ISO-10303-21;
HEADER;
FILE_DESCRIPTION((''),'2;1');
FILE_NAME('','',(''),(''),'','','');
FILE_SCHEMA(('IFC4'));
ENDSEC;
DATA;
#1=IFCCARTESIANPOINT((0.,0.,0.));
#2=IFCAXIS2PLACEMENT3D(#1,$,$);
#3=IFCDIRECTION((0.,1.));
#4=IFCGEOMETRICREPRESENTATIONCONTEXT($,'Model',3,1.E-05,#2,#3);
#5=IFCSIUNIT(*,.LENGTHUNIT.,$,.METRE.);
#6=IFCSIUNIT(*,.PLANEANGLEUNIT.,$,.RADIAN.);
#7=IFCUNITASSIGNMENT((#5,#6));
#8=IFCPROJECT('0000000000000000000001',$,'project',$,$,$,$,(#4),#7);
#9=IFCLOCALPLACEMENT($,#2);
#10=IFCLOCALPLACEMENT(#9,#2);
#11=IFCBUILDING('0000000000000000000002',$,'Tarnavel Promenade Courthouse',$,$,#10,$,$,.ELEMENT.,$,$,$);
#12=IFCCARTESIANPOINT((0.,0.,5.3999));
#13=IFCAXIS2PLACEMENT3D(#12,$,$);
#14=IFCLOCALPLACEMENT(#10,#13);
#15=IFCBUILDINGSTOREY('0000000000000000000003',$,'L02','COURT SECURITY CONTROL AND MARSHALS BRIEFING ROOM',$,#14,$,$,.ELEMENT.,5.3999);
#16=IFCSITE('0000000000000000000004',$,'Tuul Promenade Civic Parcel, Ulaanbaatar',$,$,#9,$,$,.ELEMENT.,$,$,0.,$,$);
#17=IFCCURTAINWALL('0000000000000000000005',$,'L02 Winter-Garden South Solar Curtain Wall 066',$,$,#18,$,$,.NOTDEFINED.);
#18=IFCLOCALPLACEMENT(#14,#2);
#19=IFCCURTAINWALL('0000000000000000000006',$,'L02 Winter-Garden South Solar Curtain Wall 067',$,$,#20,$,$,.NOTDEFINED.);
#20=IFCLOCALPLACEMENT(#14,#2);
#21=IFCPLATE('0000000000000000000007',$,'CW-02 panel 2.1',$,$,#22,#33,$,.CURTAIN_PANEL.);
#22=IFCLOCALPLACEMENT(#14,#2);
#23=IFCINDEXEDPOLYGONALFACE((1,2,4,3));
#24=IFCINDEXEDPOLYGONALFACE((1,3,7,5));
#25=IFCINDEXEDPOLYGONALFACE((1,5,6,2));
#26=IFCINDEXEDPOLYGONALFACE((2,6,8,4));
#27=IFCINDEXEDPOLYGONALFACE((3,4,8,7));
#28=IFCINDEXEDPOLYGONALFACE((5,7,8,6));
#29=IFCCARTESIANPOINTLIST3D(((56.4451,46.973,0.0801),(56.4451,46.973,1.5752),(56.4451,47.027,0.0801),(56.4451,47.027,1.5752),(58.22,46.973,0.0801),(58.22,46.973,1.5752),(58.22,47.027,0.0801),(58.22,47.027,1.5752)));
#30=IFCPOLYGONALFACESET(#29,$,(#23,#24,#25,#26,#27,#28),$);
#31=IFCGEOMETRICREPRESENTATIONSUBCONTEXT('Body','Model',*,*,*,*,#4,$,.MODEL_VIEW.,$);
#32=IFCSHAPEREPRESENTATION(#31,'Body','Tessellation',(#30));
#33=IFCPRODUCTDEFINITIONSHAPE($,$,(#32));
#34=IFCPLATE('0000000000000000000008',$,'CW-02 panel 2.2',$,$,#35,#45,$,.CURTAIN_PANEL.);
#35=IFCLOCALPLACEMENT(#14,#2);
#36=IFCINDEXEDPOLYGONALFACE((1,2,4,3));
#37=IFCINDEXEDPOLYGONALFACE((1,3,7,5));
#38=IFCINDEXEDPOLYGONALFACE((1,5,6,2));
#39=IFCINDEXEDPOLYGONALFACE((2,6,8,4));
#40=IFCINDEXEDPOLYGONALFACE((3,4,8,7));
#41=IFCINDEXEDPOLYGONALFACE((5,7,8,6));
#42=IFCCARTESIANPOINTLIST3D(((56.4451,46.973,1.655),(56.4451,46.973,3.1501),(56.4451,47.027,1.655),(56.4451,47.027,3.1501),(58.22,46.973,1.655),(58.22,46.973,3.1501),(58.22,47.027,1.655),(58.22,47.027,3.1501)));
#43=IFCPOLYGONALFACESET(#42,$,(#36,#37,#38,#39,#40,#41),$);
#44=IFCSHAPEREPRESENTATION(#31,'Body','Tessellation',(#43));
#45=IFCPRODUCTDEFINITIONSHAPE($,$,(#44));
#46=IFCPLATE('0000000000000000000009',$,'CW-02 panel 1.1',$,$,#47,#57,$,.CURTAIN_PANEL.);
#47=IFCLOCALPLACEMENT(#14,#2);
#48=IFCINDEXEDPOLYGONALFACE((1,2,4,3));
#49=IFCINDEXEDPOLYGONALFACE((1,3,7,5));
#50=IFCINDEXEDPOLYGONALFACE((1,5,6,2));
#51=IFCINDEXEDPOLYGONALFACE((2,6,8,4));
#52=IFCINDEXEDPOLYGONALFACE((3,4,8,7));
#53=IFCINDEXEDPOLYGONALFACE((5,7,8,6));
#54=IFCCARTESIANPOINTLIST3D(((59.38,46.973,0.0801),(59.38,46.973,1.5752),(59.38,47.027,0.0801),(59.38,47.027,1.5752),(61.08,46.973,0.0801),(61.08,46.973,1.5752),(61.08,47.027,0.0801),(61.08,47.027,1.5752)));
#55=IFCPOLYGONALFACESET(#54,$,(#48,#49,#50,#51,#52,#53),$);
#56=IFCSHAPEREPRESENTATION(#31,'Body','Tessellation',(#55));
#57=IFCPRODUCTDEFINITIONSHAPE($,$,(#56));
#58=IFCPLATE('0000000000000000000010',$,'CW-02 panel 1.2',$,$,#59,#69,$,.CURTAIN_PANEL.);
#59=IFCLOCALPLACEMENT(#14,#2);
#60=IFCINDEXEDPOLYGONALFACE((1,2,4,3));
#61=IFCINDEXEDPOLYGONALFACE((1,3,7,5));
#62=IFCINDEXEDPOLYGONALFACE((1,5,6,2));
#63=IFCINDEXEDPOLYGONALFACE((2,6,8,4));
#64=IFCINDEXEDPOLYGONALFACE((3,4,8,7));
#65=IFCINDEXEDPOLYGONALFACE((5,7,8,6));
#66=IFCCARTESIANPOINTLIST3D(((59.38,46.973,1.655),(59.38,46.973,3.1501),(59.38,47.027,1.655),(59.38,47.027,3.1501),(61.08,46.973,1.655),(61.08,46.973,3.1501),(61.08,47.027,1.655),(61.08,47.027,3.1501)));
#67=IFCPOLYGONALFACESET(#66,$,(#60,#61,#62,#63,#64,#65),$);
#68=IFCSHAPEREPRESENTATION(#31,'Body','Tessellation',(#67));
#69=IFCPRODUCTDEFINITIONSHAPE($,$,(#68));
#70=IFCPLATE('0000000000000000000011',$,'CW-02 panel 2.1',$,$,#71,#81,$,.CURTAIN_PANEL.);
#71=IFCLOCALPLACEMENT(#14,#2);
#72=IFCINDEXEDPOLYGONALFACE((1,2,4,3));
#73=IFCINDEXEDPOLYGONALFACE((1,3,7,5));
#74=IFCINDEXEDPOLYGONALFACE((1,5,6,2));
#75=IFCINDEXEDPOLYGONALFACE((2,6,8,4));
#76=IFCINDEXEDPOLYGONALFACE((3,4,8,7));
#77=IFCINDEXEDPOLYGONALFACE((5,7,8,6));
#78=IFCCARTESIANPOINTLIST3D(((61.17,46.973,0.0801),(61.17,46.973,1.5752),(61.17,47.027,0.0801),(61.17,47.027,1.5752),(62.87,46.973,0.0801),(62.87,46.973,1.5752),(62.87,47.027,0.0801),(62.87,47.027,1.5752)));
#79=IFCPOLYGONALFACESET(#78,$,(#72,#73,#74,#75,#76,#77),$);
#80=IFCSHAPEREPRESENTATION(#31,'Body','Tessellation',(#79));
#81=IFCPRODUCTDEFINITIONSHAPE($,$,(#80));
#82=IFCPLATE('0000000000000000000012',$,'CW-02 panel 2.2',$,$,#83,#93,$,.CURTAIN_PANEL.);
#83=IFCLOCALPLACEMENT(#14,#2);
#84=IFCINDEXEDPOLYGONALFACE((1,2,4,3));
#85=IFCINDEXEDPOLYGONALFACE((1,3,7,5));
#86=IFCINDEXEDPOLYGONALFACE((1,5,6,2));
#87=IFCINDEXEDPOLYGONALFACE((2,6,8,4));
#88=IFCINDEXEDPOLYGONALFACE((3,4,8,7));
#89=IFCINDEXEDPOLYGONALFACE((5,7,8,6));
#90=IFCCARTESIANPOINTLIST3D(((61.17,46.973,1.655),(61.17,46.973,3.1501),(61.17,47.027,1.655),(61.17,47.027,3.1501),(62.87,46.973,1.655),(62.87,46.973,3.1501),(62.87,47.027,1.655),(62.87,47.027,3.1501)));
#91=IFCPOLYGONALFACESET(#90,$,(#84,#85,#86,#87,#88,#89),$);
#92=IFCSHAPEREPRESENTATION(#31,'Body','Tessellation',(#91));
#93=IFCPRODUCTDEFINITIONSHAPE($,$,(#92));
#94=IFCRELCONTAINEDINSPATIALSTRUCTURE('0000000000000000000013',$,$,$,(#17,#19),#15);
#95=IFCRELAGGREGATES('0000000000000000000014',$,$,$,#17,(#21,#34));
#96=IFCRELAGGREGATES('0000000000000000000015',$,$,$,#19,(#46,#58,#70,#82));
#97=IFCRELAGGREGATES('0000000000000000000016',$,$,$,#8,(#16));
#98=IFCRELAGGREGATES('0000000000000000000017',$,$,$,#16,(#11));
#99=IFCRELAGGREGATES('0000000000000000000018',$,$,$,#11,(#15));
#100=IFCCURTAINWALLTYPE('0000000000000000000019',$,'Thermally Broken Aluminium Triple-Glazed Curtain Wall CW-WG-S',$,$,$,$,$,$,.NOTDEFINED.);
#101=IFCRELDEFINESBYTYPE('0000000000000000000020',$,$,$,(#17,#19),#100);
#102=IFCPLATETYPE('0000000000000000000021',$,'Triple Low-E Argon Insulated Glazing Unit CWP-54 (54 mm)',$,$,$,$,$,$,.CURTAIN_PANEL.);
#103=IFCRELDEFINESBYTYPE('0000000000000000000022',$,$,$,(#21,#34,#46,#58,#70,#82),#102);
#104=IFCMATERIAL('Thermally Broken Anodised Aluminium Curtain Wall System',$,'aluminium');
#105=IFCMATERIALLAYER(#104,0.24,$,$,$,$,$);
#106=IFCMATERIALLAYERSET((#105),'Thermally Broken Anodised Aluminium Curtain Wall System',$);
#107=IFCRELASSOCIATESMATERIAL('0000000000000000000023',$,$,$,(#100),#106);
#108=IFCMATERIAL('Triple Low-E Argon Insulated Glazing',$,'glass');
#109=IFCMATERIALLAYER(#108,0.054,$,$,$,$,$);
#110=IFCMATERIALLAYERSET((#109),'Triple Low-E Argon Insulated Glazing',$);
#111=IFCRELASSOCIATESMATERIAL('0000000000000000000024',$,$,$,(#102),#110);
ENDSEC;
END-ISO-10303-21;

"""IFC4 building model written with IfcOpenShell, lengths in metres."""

from ifc_helpers import new_model, si_unit, direction, frame, origin, origin_2d, place, context, subcontext, project, spatial, rectangle, extrude, material, layer, layer_set, type_object, element, aggregate, save


model = new_model("IFC4")

# Units and contexts
model_context = context("Model", 3, precision=1e-05, world=origin(), true_north=direction((0.0, 1.0)))
body_context = subcontext(model_context, "Body", "Model", "MODEL_VIEW")
ifc_project = project(units=[si_unit("LENGTHUNIT", "METRE"), si_unit("PLANEANGLEUNIT", "RADIAN")], contexts=[model_context])

# Site, building, storey
site_placement = place(None, origin())
site = spatial("IfcSite", under=ifc_project, at=site_placement, Name="Tuul Promenade Civic Parcel, Ulaanbaatar", CompositionType="ELEMENT", RefElevation=0.0)
building_placement = place(site_placement, origin())
building = spatial("IfcBuilding", under=site, at=building_placement, Name="Tarnavel Promenade Courthouse", CompositionType="ELEMENT")
storey_placement = place(building_placement, frame((0.0, 0.0, 5.3999)))
storey = spatial("IfcBuildingStorey", under=building, at=storey_placement, Name="L02", Description="COURT SECURITY CONTROL AND MARSHALS BRIEFING ROOM", CompositionType="ELEMENT", Elevation=5.3999)

# Curtain walls
ifc_material_1 = material(Name="Thermally Broken Anodised Aluminium Curtain Wall System", Category="aluminium")
ifc_layer_1 = layer(ifc_material_1, 0.24)
ifc_layer_set_1 = layer_set([ifc_layer_1], Name="Thermally Broken Anodised Aluminium Curtain Wall System")
curtain_wall_type = type_object("IfcCurtainWallType", Name="Thermally Broken Aluminium Triple-Glazed Curtain Wall CW-WG-S", PredefinedType="NOTDEFINED", material=ifc_layer_set_1)
curtain_wall_1_placement = place(storey_placement, origin())
curtain_wall_1 = element("IfcCurtainWall", 1, at=curtain_wall_1_placement, inside=storey, type_object=curtain_wall_type, Name="L02 Winter-Garden South Solar Curtain Wall 066", PredefinedType="NOTDEFINED")
curtain_wall_2_placement = place(storey_placement, origin())
curtain_wall_2 = element("IfcCurtainWall", 2, at=curtain_wall_2_placement, inside=storey, type_object=curtain_wall_type, Name="L02 Winter-Garden South Solar Curtain Wall 067", PredefinedType="NOTDEFINED")

# Plates
ifc_material_2 = material(Name="Triple Low-E Argon Insulated Glazing", Category="glass")
ifc_layer_2 = layer(ifc_material_2, 0.054)
ifc_layer_set_2 = layer_set([ifc_layer_2], Name="Triple Low-E Argon Insulated Glazing")
plate_type = type_object("IfcPlateType", Name="Triple Low-E Argon Insulated Glazing Unit CWP-54 (54 mm)", PredefinedType="CURTAIN_PANEL", material=ifc_layer_set_2)
plate_1_placement = place(storey_placement, frame((57.3325, 47.0, 0.0801), z_axis=(0.0, 0.0, 1.0), x_axis=(1.0, 0.0, 0.0)))
plate_1 = element("IfcPlate", 3, at=plate_1_placement, type_object=plate_type, Name="CW-02 panel 2.1", PredefinedType="CURTAIN_PANEL", context=body_context, shape_type="SweptSolid", body=[
    extrude(rectangle(XDim=1.7749, YDim=0.054, at=origin_2d()), origin(), (0.0, 0.0, 1.0), 1.4951),
])
plate_2_placement = place(storey_placement, frame((57.3325, 47.0, 1.655), z_axis=(0.0, 0.0, 1.0), x_axis=(1.0, 0.0, 0.0)))
plate_2 = element("IfcPlate", 4, at=plate_2_placement, type_object=plate_type, Name="CW-02 panel 2.2", PredefinedType="CURTAIN_PANEL", context=body_context, shape_type="SweptSolid", body=[
    extrude(rectangle(XDim=1.7749, YDim=0.054, at=origin_2d()), origin(), (0.0, 0.0, 1.0), 1.4951),
])
aggregate(curtain_wall_1, [plate_1, plate_2])
plate_3_placement = place(storey_placement, frame((60.23, 47.0, 0.0801), z_axis=(0.0, 0.0, 1.0), x_axis=(1.0, 0.0, 0.0)))
plate_3 = element("IfcPlate", 5, at=plate_3_placement, type_object=plate_type, Name="CW-02 panel 1.1", PredefinedType="CURTAIN_PANEL", context=body_context, shape_type="SweptSolid", body=[
    extrude(rectangle(XDim=1.7, YDim=0.054, at=origin_2d()), origin(), (0.0, 0.0, 1.0), 1.4951),
])
plate_4_placement = place(storey_placement, frame((60.23, 47.0, 1.655), z_axis=(0.0, 0.0, 1.0), x_axis=(1.0, 0.0, 0.0)))
plate_4 = element("IfcPlate", 6, at=plate_4_placement, type_object=plate_type, Name="CW-02 panel 1.2", PredefinedType="CURTAIN_PANEL", context=body_context, shape_type="SweptSolid", body=[
    extrude(rectangle(XDim=1.7, YDim=0.054, at=origin_2d()), origin(), (0.0, 0.0, 1.0), 1.4951),
])
plate_5_placement = place(storey_placement, frame((62.02, 47.0, 0.0801), z_axis=(0.0, 0.0, 1.0), x_axis=(1.0, 0.0, 0.0)))
plate_5 = element("IfcPlate", 7, at=plate_5_placement, type_object=plate_type, Name="CW-02 panel 2.1", PredefinedType="CURTAIN_PANEL", context=body_context, shape_type="SweptSolid", body=[
    extrude(rectangle(XDim=1.7, YDim=0.054, at=origin_2d()), origin(), (0.0, 0.0, 1.0), 1.4951),
])
plate_6_placement = place(storey_placement, frame((62.02, 47.0, 1.655), z_axis=(0.0, 0.0, 1.0), x_axis=(1.0, 0.0, 0.0)))
plate_6 = element("IfcPlate", 8, at=plate_6_placement, type_object=plate_type, Name="CW-02 panel 2.2", PredefinedType="CURTAIN_PANEL", context=body_context, shape_type="SweptSolid", body=[
    extrude(rectangle(XDim=1.7, YDim=0.054, at=origin_2d()), origin(), (0.0, 0.0, 1.0), 1.4951),
])
aggregate(curtain_wall_2, [plate_3, plate_4, plate_5, plate_6])

save(model, "model.ifc")
